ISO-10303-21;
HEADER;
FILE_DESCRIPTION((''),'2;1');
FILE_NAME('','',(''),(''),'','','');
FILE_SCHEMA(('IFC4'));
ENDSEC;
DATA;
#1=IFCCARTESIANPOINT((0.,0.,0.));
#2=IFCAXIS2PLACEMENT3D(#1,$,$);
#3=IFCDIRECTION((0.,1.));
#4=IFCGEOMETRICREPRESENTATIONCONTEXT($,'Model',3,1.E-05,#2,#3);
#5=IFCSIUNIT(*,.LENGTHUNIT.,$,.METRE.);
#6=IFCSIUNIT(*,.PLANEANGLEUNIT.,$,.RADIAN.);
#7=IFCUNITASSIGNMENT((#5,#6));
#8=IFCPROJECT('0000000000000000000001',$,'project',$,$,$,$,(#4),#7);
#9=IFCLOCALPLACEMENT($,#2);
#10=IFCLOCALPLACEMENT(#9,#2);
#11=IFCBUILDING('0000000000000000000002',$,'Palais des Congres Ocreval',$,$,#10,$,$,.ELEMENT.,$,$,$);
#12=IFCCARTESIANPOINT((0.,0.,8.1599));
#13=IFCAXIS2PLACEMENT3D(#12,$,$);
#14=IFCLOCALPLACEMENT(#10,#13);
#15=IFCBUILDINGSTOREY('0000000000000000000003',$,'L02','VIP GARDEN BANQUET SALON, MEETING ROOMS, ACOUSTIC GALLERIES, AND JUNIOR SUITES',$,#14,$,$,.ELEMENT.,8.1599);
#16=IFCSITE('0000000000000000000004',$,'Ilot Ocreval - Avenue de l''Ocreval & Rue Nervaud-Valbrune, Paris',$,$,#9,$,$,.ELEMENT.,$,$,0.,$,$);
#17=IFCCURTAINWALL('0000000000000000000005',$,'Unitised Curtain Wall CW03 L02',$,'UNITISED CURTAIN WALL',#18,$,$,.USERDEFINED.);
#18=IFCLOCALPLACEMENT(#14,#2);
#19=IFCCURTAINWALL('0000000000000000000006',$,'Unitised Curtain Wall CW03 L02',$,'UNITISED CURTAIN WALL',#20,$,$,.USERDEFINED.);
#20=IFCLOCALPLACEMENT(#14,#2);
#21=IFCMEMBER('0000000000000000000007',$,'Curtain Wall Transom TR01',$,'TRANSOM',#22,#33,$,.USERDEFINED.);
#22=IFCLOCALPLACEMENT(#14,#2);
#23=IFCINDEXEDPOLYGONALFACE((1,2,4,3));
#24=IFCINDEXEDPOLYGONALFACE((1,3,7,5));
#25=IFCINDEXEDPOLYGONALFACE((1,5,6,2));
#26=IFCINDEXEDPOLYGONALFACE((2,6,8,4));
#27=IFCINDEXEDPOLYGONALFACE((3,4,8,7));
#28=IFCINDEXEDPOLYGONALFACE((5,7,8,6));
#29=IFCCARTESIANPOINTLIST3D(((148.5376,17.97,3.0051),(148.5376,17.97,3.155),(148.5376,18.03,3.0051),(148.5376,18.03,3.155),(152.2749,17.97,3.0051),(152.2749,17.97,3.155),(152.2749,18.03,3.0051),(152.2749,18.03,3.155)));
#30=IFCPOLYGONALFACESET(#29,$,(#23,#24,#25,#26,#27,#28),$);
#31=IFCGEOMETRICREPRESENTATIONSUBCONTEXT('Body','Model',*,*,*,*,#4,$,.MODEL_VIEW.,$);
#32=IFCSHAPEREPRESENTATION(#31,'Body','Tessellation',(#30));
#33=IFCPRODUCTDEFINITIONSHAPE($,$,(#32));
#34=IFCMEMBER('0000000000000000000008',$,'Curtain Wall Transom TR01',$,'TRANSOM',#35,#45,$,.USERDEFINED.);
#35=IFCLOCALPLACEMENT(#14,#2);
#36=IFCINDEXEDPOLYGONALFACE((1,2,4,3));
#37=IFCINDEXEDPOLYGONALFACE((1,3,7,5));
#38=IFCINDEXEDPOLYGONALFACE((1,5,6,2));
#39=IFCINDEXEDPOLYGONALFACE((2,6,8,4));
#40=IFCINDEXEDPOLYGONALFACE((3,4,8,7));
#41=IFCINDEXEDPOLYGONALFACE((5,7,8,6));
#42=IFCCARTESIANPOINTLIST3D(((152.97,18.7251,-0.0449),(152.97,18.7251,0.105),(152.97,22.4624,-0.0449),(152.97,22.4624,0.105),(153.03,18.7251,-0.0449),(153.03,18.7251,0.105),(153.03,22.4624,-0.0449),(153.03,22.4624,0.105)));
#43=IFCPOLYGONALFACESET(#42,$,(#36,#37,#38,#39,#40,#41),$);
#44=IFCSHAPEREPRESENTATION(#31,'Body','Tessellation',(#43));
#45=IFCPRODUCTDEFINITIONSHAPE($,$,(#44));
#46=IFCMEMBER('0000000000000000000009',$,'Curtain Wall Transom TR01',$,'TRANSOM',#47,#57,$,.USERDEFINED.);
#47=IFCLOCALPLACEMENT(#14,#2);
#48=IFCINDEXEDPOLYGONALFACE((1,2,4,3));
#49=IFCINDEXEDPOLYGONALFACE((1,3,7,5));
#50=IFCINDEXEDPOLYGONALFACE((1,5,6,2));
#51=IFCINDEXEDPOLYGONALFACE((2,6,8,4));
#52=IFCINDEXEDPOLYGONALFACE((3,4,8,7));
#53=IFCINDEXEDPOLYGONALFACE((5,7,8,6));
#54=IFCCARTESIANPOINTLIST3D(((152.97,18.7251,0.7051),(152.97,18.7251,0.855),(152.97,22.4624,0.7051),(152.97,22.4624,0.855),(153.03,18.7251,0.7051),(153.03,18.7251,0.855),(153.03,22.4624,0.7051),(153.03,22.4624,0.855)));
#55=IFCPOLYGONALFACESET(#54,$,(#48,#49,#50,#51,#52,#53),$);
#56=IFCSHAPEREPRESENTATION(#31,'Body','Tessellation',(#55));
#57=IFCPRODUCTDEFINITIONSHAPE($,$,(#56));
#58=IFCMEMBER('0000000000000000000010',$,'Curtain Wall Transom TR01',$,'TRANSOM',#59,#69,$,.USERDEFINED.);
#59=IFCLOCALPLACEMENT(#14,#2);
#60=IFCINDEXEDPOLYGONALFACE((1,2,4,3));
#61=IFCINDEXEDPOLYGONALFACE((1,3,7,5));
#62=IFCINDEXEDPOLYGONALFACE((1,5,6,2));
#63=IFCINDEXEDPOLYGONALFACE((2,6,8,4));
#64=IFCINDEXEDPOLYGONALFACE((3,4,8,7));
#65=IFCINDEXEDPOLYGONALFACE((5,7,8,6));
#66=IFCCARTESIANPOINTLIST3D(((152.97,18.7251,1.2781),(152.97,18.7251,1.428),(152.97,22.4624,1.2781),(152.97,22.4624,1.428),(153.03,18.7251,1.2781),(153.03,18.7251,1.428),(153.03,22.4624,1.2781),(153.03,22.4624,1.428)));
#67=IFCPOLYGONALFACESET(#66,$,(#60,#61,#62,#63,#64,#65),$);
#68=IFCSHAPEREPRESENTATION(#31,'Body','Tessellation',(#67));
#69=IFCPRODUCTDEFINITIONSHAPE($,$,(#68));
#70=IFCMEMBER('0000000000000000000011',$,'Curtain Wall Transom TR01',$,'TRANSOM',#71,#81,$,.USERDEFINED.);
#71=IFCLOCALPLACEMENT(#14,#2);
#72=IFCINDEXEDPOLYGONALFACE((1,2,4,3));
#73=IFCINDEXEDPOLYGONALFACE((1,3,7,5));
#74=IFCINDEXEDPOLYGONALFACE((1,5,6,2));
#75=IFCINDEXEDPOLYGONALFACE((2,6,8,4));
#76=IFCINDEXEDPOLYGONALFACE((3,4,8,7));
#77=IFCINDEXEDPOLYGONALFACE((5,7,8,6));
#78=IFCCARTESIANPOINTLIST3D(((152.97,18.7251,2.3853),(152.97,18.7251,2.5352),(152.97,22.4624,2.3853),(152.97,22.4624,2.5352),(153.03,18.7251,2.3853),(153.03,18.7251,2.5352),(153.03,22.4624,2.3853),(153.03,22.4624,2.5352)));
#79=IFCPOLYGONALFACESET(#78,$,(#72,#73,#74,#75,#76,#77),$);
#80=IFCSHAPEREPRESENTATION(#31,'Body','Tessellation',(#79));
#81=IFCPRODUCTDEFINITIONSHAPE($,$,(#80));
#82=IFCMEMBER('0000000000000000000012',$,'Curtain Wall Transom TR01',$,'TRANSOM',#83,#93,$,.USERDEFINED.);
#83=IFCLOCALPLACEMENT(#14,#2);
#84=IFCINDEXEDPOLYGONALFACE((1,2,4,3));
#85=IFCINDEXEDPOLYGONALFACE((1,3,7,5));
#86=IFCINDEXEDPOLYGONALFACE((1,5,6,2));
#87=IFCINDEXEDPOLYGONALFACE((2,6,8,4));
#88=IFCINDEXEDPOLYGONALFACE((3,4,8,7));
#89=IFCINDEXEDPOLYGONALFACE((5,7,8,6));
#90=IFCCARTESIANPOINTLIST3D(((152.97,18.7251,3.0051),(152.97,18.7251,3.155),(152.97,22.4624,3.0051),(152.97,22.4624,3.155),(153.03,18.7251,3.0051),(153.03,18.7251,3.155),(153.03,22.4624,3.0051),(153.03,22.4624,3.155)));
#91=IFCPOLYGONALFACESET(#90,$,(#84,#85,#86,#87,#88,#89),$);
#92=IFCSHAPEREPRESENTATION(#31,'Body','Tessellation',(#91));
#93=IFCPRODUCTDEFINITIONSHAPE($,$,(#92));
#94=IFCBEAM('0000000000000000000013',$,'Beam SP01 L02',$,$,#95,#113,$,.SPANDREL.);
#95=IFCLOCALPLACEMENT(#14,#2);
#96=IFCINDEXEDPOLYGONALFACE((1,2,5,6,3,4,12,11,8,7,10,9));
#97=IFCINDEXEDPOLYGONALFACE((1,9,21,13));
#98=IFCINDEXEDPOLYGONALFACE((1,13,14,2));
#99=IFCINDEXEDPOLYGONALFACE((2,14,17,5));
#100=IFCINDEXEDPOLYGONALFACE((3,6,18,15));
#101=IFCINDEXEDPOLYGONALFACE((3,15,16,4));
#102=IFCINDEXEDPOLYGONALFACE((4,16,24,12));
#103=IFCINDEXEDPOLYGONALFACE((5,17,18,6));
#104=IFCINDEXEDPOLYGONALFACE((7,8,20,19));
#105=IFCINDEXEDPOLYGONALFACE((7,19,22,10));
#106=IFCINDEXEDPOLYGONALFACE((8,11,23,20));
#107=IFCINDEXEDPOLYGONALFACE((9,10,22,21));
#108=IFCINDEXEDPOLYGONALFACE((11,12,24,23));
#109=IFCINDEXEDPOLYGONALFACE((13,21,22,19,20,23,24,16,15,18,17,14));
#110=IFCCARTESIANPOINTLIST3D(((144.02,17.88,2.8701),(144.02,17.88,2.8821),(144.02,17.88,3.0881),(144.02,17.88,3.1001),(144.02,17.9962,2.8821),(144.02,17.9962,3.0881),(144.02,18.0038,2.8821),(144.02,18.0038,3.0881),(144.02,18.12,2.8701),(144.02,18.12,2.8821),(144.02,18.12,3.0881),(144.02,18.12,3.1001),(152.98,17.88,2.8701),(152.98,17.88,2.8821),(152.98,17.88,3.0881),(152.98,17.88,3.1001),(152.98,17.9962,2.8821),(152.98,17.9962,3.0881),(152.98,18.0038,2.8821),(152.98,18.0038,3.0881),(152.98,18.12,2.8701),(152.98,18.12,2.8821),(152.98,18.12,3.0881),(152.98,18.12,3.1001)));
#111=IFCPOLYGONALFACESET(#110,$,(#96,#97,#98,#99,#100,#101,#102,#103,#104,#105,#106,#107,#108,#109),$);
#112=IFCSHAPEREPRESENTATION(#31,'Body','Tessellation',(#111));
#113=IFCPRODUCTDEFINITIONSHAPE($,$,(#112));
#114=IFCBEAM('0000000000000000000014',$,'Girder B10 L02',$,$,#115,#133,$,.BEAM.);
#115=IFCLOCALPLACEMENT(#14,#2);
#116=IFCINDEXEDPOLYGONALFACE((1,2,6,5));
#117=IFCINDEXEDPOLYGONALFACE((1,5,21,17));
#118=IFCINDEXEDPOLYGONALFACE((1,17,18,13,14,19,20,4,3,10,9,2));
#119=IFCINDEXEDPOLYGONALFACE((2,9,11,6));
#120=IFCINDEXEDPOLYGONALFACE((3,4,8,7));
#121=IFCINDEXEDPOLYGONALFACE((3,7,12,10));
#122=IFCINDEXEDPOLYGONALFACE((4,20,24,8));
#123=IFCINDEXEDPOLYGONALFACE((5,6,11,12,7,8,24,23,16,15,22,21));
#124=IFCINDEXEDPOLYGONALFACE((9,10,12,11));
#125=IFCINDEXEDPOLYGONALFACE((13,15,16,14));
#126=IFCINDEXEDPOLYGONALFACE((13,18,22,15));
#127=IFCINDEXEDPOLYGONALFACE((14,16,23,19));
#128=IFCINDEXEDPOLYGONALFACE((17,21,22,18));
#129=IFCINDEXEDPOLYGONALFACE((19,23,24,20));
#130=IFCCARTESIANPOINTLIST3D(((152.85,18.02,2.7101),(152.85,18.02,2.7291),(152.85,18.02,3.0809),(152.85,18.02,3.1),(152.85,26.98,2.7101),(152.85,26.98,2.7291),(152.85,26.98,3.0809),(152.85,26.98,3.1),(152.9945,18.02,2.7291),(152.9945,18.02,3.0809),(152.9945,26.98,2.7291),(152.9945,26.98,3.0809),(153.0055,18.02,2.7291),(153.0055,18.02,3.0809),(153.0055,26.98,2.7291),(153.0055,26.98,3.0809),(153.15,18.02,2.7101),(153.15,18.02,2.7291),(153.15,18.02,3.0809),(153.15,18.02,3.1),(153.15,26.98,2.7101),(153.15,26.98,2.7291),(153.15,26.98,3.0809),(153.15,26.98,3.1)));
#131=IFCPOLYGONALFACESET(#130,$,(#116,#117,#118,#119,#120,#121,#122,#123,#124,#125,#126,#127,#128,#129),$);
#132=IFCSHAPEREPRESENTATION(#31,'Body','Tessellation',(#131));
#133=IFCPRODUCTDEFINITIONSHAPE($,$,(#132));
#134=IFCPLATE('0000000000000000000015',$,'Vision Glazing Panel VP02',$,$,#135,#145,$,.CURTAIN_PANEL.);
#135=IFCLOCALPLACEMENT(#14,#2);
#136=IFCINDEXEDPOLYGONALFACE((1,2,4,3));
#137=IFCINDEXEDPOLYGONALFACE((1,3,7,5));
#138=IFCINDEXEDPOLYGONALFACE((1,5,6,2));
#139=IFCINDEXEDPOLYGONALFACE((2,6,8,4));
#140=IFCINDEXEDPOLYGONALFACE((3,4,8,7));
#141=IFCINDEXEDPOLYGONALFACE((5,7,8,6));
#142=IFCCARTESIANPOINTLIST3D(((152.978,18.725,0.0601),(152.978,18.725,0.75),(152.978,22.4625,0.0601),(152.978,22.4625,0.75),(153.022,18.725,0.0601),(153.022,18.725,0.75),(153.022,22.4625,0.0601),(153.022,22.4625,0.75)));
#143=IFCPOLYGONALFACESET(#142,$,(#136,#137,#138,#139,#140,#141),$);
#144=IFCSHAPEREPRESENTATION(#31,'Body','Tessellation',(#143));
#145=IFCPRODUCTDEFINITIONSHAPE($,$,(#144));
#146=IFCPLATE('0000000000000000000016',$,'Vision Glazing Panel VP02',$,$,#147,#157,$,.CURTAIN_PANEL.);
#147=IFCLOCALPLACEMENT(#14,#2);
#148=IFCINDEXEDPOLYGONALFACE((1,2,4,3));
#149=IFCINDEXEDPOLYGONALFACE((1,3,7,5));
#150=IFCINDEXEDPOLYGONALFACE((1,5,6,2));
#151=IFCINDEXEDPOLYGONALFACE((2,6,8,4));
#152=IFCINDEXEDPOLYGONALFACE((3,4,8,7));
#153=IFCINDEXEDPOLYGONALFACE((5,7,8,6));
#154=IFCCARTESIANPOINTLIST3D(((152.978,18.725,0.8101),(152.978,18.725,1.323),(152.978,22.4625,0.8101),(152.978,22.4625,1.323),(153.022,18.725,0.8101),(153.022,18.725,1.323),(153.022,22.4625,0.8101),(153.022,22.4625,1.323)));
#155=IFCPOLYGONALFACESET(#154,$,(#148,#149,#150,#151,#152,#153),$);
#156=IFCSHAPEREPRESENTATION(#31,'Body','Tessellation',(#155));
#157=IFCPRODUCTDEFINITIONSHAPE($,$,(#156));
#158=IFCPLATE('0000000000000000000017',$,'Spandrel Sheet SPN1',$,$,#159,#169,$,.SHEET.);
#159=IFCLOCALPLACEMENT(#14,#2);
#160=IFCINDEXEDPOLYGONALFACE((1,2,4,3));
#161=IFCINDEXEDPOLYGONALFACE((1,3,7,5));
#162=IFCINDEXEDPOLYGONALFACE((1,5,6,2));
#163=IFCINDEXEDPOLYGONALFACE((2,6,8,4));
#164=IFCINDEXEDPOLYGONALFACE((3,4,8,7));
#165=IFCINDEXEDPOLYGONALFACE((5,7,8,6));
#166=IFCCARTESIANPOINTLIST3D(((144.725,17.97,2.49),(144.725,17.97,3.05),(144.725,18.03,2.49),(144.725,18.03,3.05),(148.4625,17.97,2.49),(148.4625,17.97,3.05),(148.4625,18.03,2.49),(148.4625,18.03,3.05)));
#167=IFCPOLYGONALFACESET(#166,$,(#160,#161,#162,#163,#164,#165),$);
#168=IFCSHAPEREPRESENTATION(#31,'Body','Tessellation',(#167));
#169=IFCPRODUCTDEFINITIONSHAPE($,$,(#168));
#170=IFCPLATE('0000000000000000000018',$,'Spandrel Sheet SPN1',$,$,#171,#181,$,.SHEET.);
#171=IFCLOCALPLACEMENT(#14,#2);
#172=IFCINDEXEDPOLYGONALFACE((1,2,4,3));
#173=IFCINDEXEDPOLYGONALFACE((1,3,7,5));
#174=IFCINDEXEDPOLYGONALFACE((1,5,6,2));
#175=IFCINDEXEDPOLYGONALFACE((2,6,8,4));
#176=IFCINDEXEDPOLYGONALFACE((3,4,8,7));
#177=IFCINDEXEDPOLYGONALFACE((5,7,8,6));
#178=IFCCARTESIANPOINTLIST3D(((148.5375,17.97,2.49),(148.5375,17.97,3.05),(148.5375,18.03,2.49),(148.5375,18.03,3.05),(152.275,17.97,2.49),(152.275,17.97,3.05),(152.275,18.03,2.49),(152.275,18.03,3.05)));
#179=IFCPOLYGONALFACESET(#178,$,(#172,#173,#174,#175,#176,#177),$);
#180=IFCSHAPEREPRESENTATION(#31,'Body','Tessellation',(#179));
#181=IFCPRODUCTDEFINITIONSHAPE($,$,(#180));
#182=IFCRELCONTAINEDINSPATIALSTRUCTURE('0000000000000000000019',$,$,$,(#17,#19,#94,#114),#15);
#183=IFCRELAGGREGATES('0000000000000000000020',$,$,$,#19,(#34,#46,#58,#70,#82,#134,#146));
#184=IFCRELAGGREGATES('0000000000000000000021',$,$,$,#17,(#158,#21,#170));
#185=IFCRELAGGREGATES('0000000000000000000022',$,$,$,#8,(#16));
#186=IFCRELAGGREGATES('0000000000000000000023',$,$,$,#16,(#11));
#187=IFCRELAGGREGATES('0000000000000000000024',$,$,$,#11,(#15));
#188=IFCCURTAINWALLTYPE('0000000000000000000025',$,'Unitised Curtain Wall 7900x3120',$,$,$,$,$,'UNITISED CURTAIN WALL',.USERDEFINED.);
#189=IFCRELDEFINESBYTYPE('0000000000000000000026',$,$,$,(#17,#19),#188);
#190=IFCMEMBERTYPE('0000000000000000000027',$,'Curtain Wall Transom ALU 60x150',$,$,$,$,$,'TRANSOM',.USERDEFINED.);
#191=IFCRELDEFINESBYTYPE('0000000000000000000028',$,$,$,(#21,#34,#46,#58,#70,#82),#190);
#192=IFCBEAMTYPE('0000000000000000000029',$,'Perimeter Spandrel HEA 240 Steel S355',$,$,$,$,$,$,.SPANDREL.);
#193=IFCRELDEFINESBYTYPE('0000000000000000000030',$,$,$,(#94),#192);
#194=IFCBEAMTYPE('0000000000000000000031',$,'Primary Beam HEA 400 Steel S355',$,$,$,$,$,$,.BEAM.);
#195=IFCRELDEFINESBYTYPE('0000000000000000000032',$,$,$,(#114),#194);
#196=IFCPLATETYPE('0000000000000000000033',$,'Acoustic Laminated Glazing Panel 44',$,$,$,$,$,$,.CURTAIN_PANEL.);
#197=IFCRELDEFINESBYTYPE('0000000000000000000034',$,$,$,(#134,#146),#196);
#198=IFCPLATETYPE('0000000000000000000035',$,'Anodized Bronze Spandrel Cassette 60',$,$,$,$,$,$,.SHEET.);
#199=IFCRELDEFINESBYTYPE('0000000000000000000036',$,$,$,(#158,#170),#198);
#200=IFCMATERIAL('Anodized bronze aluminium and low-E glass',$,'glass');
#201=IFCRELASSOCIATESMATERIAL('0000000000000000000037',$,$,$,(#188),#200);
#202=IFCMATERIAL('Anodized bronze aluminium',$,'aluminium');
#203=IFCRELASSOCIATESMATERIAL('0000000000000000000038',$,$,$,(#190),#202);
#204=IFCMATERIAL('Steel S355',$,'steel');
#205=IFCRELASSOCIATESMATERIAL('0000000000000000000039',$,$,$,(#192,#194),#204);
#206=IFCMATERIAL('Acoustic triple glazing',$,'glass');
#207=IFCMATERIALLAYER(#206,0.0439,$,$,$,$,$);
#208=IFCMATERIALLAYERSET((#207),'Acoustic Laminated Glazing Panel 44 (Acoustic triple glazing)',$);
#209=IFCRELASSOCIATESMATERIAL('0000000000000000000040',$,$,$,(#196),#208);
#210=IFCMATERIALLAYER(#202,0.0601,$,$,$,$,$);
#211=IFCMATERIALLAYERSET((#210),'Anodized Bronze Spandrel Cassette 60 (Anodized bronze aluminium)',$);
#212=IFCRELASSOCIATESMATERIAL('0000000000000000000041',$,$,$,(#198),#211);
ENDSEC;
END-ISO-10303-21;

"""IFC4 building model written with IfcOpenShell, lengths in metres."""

from ifc_helpers import new_model, si_unit, direction, frame, origin, origin_2d, place, context, subcontext, project, spatial, rectangle, i_section, extrude, material, layer, layer_set, material_profile, profile_set, type_object, element, aggregate, save


model = new_model("IFC4")

# Units and contexts
model_context = context("Model", 3, precision=1e-05, world=origin(), true_north=direction((0.0, 1.0)))
body_context = subcontext(model_context, "Body", "Model", "MODEL_VIEW")
ifc_project = project(units=[si_unit("LENGTHUNIT", "METRE"), si_unit("PLANEANGLEUNIT", "RADIAN")], contexts=[model_context])

# Site, building, storey
site_placement = place(None, origin())
site = spatial("IfcSite", under=ifc_project, at=site_placement, Name="Ilot Ocreval - Avenue de l'Ocreval & Rue Nervaud-Valbrune, Paris", CompositionType="ELEMENT", RefElevation=0.0)
building_placement = place(site_placement, origin())
building = spatial("IfcBuilding", under=site, at=building_placement, Name="Palais des Congres Ocreval", CompositionType="ELEMENT")
storey_placement = place(building_placement, frame((0.0, 0.0, 8.1599)))
storey = spatial("IfcBuildingStorey", under=building, at=storey_placement, Name="L02", Description="VIP GARDEN BANQUET SALON, MEETING ROOMS, ACOUSTIC GALLERIES, AND JUNIOR SUITES", CompositionType="ELEMENT", Elevation=8.1599)

# Shared definitions
ifc_material_1 = material(Name="Steel S355", Category="steel")

# Curtain wall
ifc_material_2 = material(Name="Anodized bronze aluminium and low-E glass", Category="glass")
curtain_wall_type = type_object("IfcCurtainWallType", Name="Unitised Curtain Wall 7900x3120", ElementType="UNITISED CURTAIN WALL", PredefinedType="USERDEFINED", material=ifc_material_2)
curtain_wall_1_placement = place(storey_placement, origin())
curtain_wall_1 = element("IfcCurtainWall", 1, at=curtain_wall_1_placement, inside=storey, type_object=curtain_wall_type, Name="Unitised Curtain Wall CW03 L02", ObjectType="UNITISED CURTAIN WALL", PredefinedType="USERDEFINED")
ifc_material_3 = material(Name="Anodized bronze aluminium", Category="aluminium")

# Curtain wall
curtain_wall_2_placement = place(storey_placement, origin())
curtain_wall_2 = element("IfcCurtainWall", 2, at=curtain_wall_2_placement, inside=storey, type_object=curtain_wall_type, Name="Unitised Curtain Wall CW03 L02", ObjectType="UNITISED CURTAIN WALL", PredefinedType="USERDEFINED")

# Members
ifc_material_profile_1 = material_profile(ifc_material_3, rectangle(XDim=0.0601, YDim=0.1499, at=origin_2d()), Name="ALU 60x150")
ifc_profile_set_1 = profile_set([ifc_material_profile_1], Name="Anodized bronze aluminium")
member_type_1 = type_object("IfcMemberType", Name="Curtain Wall Transom ALU 60x150", ElementType="TRANSOM", PredefinedType="USERDEFINED", material=ifc_profile_set_1)
member_1_placement = place(storey_placement, frame((148.5376, 18.0, 3.0801), z_axis=(1.0, 0.0, 0.0), x_axis=(0.0, 1.0, 0.0)))
member_1 = element("IfcMember", 3, at=member_1_placement, type_object=member_type_1, Name="Curtain Wall Transom TR01", ObjectType="TRANSOM", PredefinedType="USERDEFINED", context=body_context, shape_type="SweptSolid", body=[
    extrude(rectangle(XDim=0.0601, YDim=0.1499, at=origin_2d()), origin(), (0.0, 0.0, 1.0), 3.7373),
])
member_2_placement = place(storey_placement, frame((153.0, 18.7251, 0.03), z_axis=(0.0, 1.0, 0.0), x_axis=(-1.0, 0.0, 0.0)))
member_2 = element("IfcMember", 4, at=member_2_placement, type_object=member_type_1, Name="Curtain Wall Transom TR01", ObjectType="TRANSOM", PredefinedType="USERDEFINED", context=body_context, shape_type="SweptSolid", body=[
    extrude(rectangle(XDim=0.0601, YDim=0.1499, at=origin_2d()), origin(), (0.0, 0.0, 1.0), 3.7373),
])
member_3_placement = place(storey_placement, frame((153.0, 18.7251, 0.78), z_axis=(0.0, 1.0, 0.0), x_axis=(-1.0, 0.0, 0.0)))
member_3 = element("IfcMember", 5, at=member_3_placement, type_object=member_type_1, Name="Curtain Wall Transom TR01", ObjectType="TRANSOM", PredefinedType="USERDEFINED", context=body_context, shape_type="SweptSolid", body=[
    extrude(rectangle(XDim=0.0601, YDim=0.1499, at=origin_2d()), origin(), (0.0, 0.0, 1.0), 3.7373),
])
member_4_placement = place(storey_placement, frame((153.0, 18.7251, 1.353), z_axis=(0.0, 1.0, 0.0), x_axis=(-1.0, 0.0, 0.0)))
member_4 = element("IfcMember", 6, at=member_4_placement, type_object=member_type_1, Name="Curtain Wall Transom TR01", ObjectType="TRANSOM", PredefinedType="USERDEFINED", context=body_context, shape_type="SweptSolid", body=[
    extrude(rectangle(XDim=0.0601, YDim=0.1499, at=origin_2d()), origin(), (0.0, 0.0, 1.0), 3.7373),
])
member_5_placement = place(storey_placement, frame((153.0, 18.7251, 2.4602), z_axis=(0.0, 1.0, 0.0), x_axis=(-1.0, 0.0, 0.0)))
member_5 = element("IfcMember", 7, at=member_5_placement, type_object=member_type_1, Name="Curtain Wall Transom TR01", ObjectType="TRANSOM", PredefinedType="USERDEFINED", context=body_context, shape_type="SweptSolid", body=[
    extrude(rectangle(XDim=0.0601, YDim=0.1499, at=origin_2d()), origin(), (0.0, 0.0, 1.0), 3.7373),
])
member_6_placement = place(storey_placement, frame((153.0, 18.7251, 3.0801), z_axis=(0.0, 1.0, 0.0), x_axis=(-1.0, 0.0, 0.0)))
member_6 = element("IfcMember", 8, at=member_6_placement, type_object=member_type_1, Name="Curtain Wall Transom TR01", ObjectType="TRANSOM", PredefinedType="USERDEFINED", context=body_context, shape_type="SweptSolid", body=[
    extrude(rectangle(XDim=0.0601, YDim=0.1499, at=origin_2d()), origin(), (0.0, 0.0, 1.0), 3.7373),
])

# Beams
ifc_material_profile_2 = material_profile(ifc_material_1, i_section(OverallWidth=0.24, OverallDepth=0.23, WebThickness=0.0076, FlangeThickness=0.012, at=origin_2d()), Name="HEA 240")
ifc_profile_set_2 = profile_set([ifc_material_profile_2], Name="Steel S355")
beam_type_1 = type_object("IfcBeamType", Name="Perimeter Spandrel HEA 240 Steel S355", PredefinedType="SPANDREL", material=ifc_profile_set_2)
beam_1_placement = place(storey_placement, frame((144.02, 18.0, 2.9851), z_axis=(1.0, 0.0, 0.0), x_axis=(0.0, 1.0, 0.0)))
element("IfcBeam", 9, at=beam_1_placement, inside=storey, type_object=beam_type_1, Name="Beam SP01 L02", PredefinedType="SPANDREL", context=body_context, shape_type="SweptSolid", body=[
    extrude(i_section(OverallWidth=0.24, OverallDepth=0.23, WebThickness=0.0076, FlangeThickness=0.012, at=origin_2d()), origin(), (0.0, 0.0, 1.0), 8.96),
])
ifc_material_profile_3 = material_profile(ifc_material_1, i_section(OverallWidth=0.3, OverallDepth=0.3899, WebThickness=0.011, FlangeThickness=0.019, at=origin_2d()), Name="HEA 400")
ifc_profile_set_3 = profile_set([ifc_material_profile_3], Name="Steel S355")
beam_type_2 = type_object("IfcBeamType", Name="Primary Beam HEA 400 Steel S355", PredefinedType="BEAM", material=ifc_profile_set_3)
beam_2_placement = place(storey_placement, frame((153.0, 18.02, 2.905), z_axis=(0.0, 1.0, 0.0), x_axis=(-1.0, 0.0, 0.0)))
element("IfcBeam", 10, at=beam_2_placement, inside=storey, type_object=beam_type_2, Name="Girder B10 L02", PredefinedType="BEAM", context=body_context, shape_type="SweptSolid", body=[
    extrude(i_section(OverallWidth=0.3, OverallDepth=0.3899, WebThickness=0.011, FlangeThickness=0.019, at=origin_2d()), origin(), (0.0, 0.0, 1.0), 8.96),
])

# Plates
ifc_material_4 = material(Name="Acoustic triple glazing", Category="glass")
ifc_layer_1 = layer(ifc_material_4, 0.0439)
ifc_layer_set_1 = layer_set([ifc_layer_1], Name="Acoustic Laminated Glazing Panel 44 (Acoustic triple glazing)")
plate_type_1 = type_object("IfcPlateType", Name="Acoustic Laminated Glazing Panel 44", PredefinedType="CURTAIN_PANEL", material=ifc_layer_set_1)
plate_1_placement = place(storey_placement, frame((153.0, 20.5938, 0.0601), z_axis=(0.0, 0.0, 1.0), x_axis=(0.0, 1.0, 0.0)))
plate_1 = element("IfcPlate", 11, at=plate_1_placement, type_object=plate_type_1, Name="Vision Glazing Panel VP02", PredefinedType="CURTAIN_PANEL", context=body_context, shape_type="SweptSolid", body=[
    extrude(rectangle(XDim=3.7375, YDim=0.0439, at=origin_2d()), origin(), (0.0, 0.0, 1.0), 0.6899),
])
plate_2_placement = place(storey_placement, frame((153.0, 20.5938, 0.8101), z_axis=(0.0, 0.0, 1.0), x_axis=(0.0, 1.0, 0.0)))
plate_2 = element("IfcPlate", 12, at=plate_2_placement, type_object=plate_type_1, Name="Vision Glazing Panel VP02", PredefinedType="CURTAIN_PANEL", context=body_context, shape_type="SweptSolid", body=[
    extrude(rectangle(XDim=3.7375, YDim=0.0439, at=origin_2d()), origin(), (0.0, 0.0, 1.0), 0.5129),
])
aggregate(curtain_wall_2, [member_2, member_3, member_4, member_5, member_6, plate_1, plate_2])
ifc_layer_2 = layer(ifc_material_3, 0.0601)
ifc_layer_set_2 = layer_set([ifc_layer_2], Name="Anodized Bronze Spandrel Cassette 60 (Anodized bronze aluminium)")
plate_type_2 = type_object("IfcPlateType", Name="Anodized Bronze Spandrel Cassette 60", PredefinedType="SHEET", material=ifc_layer_set_2)
plate_3_placement = place(storey_placement, frame((146.5938, 18.0, 2.49), z_axis=(0.0, 0.0, 1.0), x_axis=(1.0, 0.0, 0.0)))
plate_3 = element("IfcPlate", 13, at=plate_3_placement, type_object=plate_type_2, Name="Spandrel Sheet SPN1", PredefinedType="SHEET", context=body_context, shape_type="SweptSolid", body=[
    extrude(rectangle(XDim=3.7375, YDim=0.0601, at=origin_2d()), origin(), (0.0, 0.0, 1.0), 0.5601),
])
plate_4_placement = place(storey_placement, frame((150.4062, 18.0, 2.49), z_axis=(0.0, 0.0, 1.0), x_axis=(1.0, 0.0, 0.0)))
plate_4 = element("IfcPlate", 14, at=plate_4_placement, type_object=plate_type_2, Name="Spandrel Sheet SPN1", PredefinedType="SHEET", context=body_context, shape_type="SweptSolid", body=[
    extrude(rectangle(XDim=3.7375, YDim=0.0601, at=origin_2d()), origin(), (0.0, 0.0, 1.0), 0.5601),
])
aggregate(curtain_wall_1, [plate_3, member_1, plate_4])

save(model, "model.ifc")
